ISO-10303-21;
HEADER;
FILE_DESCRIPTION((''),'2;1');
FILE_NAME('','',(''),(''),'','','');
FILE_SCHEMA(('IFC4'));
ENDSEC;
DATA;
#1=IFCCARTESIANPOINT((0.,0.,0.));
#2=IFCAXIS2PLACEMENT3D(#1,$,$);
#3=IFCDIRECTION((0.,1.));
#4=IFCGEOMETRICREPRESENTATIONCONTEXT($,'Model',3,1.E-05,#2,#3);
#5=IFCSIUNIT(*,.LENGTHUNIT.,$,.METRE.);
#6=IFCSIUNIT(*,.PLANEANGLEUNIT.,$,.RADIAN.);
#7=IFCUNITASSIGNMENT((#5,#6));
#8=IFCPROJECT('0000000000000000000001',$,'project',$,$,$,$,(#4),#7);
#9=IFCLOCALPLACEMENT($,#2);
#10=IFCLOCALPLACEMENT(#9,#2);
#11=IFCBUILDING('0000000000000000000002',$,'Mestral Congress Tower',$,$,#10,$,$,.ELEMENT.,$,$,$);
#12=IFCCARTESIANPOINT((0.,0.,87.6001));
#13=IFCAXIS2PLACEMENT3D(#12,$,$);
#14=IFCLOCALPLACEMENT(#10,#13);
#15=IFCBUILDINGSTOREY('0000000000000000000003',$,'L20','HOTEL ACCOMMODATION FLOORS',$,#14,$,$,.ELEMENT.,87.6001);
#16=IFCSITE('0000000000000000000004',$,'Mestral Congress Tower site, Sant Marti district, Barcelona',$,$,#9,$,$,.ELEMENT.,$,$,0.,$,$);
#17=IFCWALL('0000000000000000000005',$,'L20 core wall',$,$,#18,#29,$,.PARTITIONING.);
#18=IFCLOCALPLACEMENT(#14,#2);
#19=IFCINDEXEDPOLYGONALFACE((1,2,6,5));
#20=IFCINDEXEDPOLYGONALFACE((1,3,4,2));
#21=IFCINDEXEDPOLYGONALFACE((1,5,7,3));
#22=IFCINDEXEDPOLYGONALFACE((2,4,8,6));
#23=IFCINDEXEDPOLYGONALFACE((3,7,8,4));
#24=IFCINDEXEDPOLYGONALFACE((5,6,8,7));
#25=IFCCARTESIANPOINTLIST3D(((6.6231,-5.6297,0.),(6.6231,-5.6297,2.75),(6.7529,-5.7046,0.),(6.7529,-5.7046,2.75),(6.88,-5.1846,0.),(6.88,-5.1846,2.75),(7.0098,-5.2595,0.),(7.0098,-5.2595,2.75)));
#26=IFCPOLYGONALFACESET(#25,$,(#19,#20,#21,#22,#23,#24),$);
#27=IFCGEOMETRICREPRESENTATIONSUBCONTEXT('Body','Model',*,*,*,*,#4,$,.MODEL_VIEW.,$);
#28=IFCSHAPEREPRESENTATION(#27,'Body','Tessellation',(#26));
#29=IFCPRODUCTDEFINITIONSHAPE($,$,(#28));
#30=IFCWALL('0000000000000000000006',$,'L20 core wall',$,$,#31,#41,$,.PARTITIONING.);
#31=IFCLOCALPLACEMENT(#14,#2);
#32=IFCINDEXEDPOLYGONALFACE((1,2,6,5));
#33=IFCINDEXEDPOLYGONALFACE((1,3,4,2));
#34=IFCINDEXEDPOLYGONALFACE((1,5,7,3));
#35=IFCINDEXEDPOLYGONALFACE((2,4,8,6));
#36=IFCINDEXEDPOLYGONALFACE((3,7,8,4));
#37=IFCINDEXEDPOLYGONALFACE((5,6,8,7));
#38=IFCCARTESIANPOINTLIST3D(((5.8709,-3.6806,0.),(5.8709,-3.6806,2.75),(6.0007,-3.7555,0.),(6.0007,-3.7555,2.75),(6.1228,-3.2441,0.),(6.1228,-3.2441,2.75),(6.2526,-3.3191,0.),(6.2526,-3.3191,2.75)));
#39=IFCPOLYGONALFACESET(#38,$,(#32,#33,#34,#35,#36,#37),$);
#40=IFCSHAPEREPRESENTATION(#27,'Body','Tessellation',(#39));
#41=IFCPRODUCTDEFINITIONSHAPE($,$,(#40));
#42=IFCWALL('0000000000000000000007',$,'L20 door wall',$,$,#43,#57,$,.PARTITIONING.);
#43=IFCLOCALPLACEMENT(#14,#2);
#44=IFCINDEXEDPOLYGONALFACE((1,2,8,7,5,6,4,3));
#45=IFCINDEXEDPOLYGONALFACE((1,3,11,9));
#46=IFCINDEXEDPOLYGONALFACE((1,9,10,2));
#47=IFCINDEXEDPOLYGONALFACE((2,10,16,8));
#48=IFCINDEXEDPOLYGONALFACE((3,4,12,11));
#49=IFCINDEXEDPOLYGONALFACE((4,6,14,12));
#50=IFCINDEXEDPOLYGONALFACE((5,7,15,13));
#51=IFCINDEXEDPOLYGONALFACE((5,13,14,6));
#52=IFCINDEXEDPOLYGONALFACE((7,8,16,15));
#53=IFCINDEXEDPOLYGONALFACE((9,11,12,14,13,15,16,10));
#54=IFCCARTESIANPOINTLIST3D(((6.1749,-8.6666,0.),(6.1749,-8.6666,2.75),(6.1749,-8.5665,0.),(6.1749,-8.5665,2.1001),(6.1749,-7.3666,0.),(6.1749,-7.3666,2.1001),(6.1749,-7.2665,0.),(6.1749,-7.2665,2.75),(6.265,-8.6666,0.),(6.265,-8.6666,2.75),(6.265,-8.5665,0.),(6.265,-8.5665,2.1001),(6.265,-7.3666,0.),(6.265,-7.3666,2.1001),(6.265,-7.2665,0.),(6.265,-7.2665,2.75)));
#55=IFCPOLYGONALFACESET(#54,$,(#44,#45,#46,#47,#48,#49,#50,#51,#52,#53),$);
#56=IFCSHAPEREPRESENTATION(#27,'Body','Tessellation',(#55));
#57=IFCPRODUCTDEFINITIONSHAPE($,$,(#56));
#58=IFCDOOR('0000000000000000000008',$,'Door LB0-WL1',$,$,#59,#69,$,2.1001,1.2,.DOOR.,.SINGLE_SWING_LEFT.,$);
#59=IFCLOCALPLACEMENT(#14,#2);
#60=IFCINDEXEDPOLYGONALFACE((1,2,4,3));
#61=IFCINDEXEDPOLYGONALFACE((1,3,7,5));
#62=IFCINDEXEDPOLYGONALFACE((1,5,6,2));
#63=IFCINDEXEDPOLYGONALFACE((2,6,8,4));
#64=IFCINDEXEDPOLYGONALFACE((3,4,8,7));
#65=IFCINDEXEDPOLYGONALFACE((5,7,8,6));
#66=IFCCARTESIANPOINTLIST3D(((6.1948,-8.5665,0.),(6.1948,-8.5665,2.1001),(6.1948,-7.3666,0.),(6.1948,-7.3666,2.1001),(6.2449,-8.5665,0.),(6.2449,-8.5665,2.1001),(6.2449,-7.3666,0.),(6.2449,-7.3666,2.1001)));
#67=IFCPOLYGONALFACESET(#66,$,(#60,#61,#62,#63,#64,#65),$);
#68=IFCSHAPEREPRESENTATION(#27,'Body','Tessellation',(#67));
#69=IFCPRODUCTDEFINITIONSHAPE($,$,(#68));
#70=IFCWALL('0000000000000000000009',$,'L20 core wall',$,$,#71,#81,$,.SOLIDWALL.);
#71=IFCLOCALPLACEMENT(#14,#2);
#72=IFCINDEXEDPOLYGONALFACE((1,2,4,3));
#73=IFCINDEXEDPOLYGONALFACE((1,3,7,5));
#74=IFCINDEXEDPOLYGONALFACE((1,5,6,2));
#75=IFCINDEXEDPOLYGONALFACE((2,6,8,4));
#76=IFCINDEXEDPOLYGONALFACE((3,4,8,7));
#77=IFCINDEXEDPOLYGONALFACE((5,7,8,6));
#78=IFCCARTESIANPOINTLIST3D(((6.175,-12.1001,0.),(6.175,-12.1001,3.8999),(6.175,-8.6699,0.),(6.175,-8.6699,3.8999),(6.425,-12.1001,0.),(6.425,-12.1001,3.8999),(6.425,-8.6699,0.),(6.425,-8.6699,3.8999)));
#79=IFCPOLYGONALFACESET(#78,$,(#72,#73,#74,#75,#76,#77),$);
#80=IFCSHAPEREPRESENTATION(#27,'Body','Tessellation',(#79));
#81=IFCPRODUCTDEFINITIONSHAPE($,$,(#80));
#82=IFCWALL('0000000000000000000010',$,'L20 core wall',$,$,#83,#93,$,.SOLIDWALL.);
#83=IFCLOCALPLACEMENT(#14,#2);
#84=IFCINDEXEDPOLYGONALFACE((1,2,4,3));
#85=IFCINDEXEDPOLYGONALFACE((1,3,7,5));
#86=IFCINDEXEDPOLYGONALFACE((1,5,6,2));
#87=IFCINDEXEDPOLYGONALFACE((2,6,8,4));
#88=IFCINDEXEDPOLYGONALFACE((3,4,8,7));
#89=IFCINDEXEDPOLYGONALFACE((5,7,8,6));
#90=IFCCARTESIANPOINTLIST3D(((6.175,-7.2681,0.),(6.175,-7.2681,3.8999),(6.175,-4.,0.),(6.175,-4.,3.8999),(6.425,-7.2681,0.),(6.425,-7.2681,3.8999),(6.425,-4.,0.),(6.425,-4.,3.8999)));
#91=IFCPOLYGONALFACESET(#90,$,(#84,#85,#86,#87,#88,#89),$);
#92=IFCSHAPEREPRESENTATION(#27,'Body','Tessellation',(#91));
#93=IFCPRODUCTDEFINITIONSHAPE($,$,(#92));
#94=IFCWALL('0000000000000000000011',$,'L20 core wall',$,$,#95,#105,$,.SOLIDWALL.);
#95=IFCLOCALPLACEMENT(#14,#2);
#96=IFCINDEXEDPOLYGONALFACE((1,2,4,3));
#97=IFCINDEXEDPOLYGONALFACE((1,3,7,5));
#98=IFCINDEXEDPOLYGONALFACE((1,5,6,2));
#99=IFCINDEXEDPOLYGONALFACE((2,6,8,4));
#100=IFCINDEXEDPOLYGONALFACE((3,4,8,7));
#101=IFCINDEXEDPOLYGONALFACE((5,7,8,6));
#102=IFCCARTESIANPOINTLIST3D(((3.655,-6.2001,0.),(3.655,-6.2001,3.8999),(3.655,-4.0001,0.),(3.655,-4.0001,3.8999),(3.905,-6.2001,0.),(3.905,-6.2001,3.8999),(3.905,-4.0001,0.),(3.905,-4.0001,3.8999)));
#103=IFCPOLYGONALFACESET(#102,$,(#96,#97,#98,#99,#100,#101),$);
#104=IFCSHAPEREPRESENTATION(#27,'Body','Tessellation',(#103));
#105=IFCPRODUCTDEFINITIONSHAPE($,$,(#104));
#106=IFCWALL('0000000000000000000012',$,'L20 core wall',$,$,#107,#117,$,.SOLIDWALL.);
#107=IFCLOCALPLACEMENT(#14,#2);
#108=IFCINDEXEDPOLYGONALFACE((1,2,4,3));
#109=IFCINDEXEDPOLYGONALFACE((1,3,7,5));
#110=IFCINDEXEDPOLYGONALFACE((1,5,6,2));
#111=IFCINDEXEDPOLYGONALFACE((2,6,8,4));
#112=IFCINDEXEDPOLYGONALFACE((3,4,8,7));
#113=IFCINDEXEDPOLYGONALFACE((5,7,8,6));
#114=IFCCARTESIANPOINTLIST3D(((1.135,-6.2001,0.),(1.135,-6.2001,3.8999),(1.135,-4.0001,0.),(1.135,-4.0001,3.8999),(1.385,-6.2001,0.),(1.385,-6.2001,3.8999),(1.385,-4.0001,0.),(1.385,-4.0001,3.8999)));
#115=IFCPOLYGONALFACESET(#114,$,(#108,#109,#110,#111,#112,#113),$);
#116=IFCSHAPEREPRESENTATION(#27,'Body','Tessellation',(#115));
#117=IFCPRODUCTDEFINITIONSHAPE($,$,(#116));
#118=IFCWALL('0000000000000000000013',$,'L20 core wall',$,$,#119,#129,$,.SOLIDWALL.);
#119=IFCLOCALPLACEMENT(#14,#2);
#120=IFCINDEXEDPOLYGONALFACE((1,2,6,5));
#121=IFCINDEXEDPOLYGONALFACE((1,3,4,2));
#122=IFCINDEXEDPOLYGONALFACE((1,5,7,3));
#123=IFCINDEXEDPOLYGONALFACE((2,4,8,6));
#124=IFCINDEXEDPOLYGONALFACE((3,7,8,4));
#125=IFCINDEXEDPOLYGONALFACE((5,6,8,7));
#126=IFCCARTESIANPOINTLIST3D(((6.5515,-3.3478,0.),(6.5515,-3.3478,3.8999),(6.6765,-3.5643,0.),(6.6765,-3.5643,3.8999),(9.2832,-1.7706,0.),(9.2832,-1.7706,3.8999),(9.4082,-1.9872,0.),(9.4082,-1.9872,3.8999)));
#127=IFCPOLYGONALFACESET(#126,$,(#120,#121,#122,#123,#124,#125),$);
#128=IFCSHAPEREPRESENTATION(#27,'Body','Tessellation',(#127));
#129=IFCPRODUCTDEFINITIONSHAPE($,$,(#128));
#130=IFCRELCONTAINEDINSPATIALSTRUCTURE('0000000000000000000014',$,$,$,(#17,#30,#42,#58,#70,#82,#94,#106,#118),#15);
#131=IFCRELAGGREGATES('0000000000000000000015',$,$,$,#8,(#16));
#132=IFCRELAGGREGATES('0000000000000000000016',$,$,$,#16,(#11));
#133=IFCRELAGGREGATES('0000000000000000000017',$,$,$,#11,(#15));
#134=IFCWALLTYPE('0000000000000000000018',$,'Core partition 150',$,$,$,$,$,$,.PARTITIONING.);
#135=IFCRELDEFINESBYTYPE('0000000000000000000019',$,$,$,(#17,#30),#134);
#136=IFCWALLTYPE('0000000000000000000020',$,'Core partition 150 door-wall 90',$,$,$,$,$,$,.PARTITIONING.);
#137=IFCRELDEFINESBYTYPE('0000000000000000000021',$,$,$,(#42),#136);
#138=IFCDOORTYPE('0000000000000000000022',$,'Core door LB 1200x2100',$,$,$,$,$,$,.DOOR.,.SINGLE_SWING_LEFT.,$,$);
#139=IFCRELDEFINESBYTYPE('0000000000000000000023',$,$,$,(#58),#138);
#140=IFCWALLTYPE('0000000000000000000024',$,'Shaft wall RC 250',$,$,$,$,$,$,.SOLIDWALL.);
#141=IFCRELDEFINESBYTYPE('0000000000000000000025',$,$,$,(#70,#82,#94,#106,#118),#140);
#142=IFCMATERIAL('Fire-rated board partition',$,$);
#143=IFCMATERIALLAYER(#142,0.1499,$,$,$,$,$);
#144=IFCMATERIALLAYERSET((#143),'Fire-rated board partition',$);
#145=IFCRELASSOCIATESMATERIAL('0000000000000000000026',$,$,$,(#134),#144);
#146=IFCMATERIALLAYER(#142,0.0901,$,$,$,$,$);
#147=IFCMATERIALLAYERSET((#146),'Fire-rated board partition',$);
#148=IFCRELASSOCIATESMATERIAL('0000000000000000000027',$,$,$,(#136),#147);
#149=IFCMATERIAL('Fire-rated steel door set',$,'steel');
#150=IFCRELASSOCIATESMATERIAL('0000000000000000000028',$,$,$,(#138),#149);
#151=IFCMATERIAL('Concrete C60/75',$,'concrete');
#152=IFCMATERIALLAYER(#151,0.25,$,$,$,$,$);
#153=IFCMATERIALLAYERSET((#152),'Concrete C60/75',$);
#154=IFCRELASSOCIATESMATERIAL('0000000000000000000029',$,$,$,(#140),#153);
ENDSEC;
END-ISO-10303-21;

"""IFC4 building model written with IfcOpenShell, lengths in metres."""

from ifc_helpers import new_model, si_unit, direction, frame, frame_2d, origin, place, context, subcontext, project, spatial, rectangle, extrude, material, layer, layer_set, type_object, element, fill, save


model = new_model("IFC4")

# Units and contexts
model_context = context("Model", 3, precision=1e-05, world=origin(), true_north=direction((0.0, 1.0)))
body_context = subcontext(model_context, "Body", "Model", "MODEL_VIEW")
ifc_project = project(units=[si_unit("LENGTHUNIT", "METRE"), si_unit("PLANEANGLEUNIT", "RADIAN")], contexts=[model_context])

# Site, building, storey
site_placement = place(None, origin())
site = spatial("IfcSite", under=ifc_project, at=site_placement, Name="Mestral Congress Tower site, Sant Marti district, Barcelona", CompositionType="ELEMENT", RefElevation=0.0)
building_placement = place(site_placement, origin())
building = spatial("IfcBuilding", under=site, at=building_placement, Name="Mestral Congress Tower", CompositionType="ELEMENT")
storey_placement = place(building_placement, frame((0.0, 0.0, 87.6001)))
storey = spatial("IfcBuildingStorey", under=building, at=storey_placement, Name="L20", Description="HOTEL ACCOMMODATION FLOORS", CompositionType="ELEMENT", Elevation=87.6001)

# Walls
ifc_material_1 = material(Name="Fire-rated board partition")
ifc_layer_1 = layer(ifc_material_1, 0.1499)
ifc_layer_set_1 = layer_set([ifc_layer_1], Name="Fire-rated board partition")
wall_type_1 = type_object("IfcWallType", Name="Core partition 150", PredefinedType="PARTITIONING", material=ifc_layer_set_1)
wall_1_placement = place(storey_placement, frame((6.9448, -5.2222, 0.0), z_axis=(0.0, 0.0, 1.0), x_axis=(-0.499818, -0.86613, 0.0)))
element("IfcWall", 1, at=wall_1_placement, inside=storey, type_object=wall_type_1, Name="L20 core wall", PredefinedType="PARTITIONING", context=body_context, shape_type="SweptSolid", body=[
    extrude(rectangle(XDim=0.5139, YDim=0.1499, at=frame_2d((0.2568, 0.0))), origin(), (0.0, 0.0, 1.0), 2.75),
])
wall_2_placement = place(storey_placement, frame((5.9358, -3.718, 0.0), z_axis=(0.0, 0.0, 1.0), x_axis=(0.49989, 0.866089, 0.0)))
element("IfcWall", 2, at=wall_2_placement, inside=storey, type_object=wall_type_1, Name="L20 core wall", PredefinedType="PARTITIONING", context=body_context, shape_type="SweptSolid", body=[
    extrude(rectangle(XDim=0.5039, YDim=0.1499, at=frame_2d((0.252, 0.0))), origin(), (0.0, 0.0, 1.0), 2.75),
])

# Wall, opening, door
ifc_layer_2 = layer(ifc_material_1, 0.0901)
ifc_layer_set_2 = layer_set([ifc_layer_2], Name="Fire-rated board partition")
wall_type_2 = type_object("IfcWallType", Name="Core partition 150 door-wall 90", PredefinedType="PARTITIONING", material=ifc_layer_set_2)
wall_3_placement = place(storey_placement, frame((6.22, -7.2664, 0.0), z_axis=(0.0, 0.0, 1.0), x_axis=(0.0, -1.0, 0.0)))
wall_3 = element("IfcWall", 3, at=wall_3_placement, inside=storey, type_object=wall_type_2, Name="L20 door wall", PredefinedType="PARTITIONING", context=body_context, shape_type="SweptSolid", body=[
    extrude(rectangle(XDim=1.4001, YDim=0.0901, at=frame_2d((0.7002, 0.0))), origin(), (0.0, 0.0, 1.0), 2.75),
])
opening_1_placement = place(wall_3_placement, frame((0.1001, 0.0, 0.0)))
opening_1 = element("IfcOpeningElement", 4, at=opening_1_placement, cuts=wall_3, PredefinedType="OPENING", context=body_context, shape_type="SweptSolid", body=[
    extrude(rectangle(XDim=1.2, YDim=2.1001, at=frame_2d((0.6001, 1.05))), frame((0.0, 0.0549, 0.0), z_axis=(0.0, -1.0, 0.0), x_axis=(1.0, 0.0, 0.0)), (0.0, 0.0, 1.0), 0.1101),
])
ifc_material_2 = material(Name="Fire-rated steel door set", Category="steel")
door_type_1 = type_object("IfcDoorType", Name="Core door LB 1200x2100", OperationType="SINGLE_SWING_LEFT", PredefinedType="DOOR", material=ifc_material_2)
door_1_placement = place(opening_1_placement, origin())
door_1 = element("IfcDoor", 5, at=door_1_placement, inside=storey, type_object=door_type_1, Name="Door LB0-WL1", OperationType="SINGLE_SWING_LEFT", OverallHeight=2.1001, OverallWidth=1.2, PredefinedType="DOOR", context=body_context, shape_type="SweptSolid", body=[
    extrude(rectangle(XDim=1.2, YDim=2.1001, at=frame_2d((0.6001, 1.05))), frame((0.0, 0.0249, 0.0), z_axis=(0.0, -1.0, 0.0), x_axis=(1.0, 0.0, 0.0)), (0.0, 0.0, 1.0), 0.05),
])
fill(opening_1, door_1)

# Walls
ifc_material_3 = material(Name="Concrete C60/75", Category="concrete")
ifc_layer_3 = layer(ifc_material_3, 0.25)
ifc_layer_set_3 = layer_set([ifc_layer_3], Name="Concrete C60/75")
wall_type_3 = type_object("IfcWallType", Name="Shaft wall RC 250", PredefinedType="SOLIDWALL", material=ifc_layer_set_3)
wall_4_placement = place(storey_placement, frame((6.3, -8.6699, 0.0), z_axis=(0.0, 0.0, 1.0), x_axis=(0.0, -1.0, 0.0)))
element("IfcWall", 6, at=wall_4_placement, inside=storey, type_object=wall_type_3, Name="L20 core wall", PredefinedType="SOLIDWALL", context=body_context, shape_type="SweptSolid", body=[
    extrude(rectangle(XDim=3.4302, YDim=0.25, at=frame_2d((1.7151, 0.0))), origin(), (0.0, 0.0, 1.0), 3.8999),
])
wall_5_placement = place(storey_placement, frame((6.3, -7.2681, 0.0), z_axis=(0.0, 0.0, 1.0), x_axis=(0.0, 1.0, 0.0)))
element("IfcWall", 7, at=wall_5_placement, inside=storey, type_object=wall_type_3, Name="L20 core wall", PredefinedType="SOLIDWALL", context=body_context, shape_type="SweptSolid", body=[
    extrude(rectangle(XDim=3.2681, YDim=0.25, at=frame_2d((1.634, 0.0))), origin(), (0.0, 0.0, 1.0), 3.8999),
])
for number, where, z_axis, x_axis, name in (
    (8, (3.78, -4.0, 0.0), (0.0, 0.0, 1.0), (0.0, -1.0, 0.0), "L20 core wall"),
    (9, (1.26, -4.0, 0.0), (0.0, 0.0, 1.0), (0.0, -1.0, 0.0), "L20 core wall"),
):
    element("IfcWall", number, at=place(storey_placement, frame(where, z_axis=z_axis, x_axis=x_axis)), inside=storey, type_object=wall_type_3, Name=name, PredefinedType="SOLIDWALL", context=body_context, shape_type="SweptSolid", body=[
        extrude(rectangle(XDim=2.2, YDim=0.25, at=frame_2d((1.1001, 0.0))), origin(), (0.0, 0.0, 1.0), 3.8999),
    ])
wall_6_placement = place(storey_placement, frame((6.614, -3.4561, 0.0), z_axis=(0.0, 0.0, 1.0), x_axis=(0.866024, 0.500002, 0.0)))
element("IfcWall", 10, at=wall_6_placement, inside=storey, type_object=wall_type_3, Name="L20 core wall", PredefinedType="SOLIDWALL", context=body_context, shape_type="SweptSolid", body=[
    extrude(rectangle(XDim=3.1543, YDim=0.25, at=frame_2d((1.5771, 0.0))), origin(), (0.0, 0.0, 1.0), 3.8999),
])

save(model, "model.ifc")
